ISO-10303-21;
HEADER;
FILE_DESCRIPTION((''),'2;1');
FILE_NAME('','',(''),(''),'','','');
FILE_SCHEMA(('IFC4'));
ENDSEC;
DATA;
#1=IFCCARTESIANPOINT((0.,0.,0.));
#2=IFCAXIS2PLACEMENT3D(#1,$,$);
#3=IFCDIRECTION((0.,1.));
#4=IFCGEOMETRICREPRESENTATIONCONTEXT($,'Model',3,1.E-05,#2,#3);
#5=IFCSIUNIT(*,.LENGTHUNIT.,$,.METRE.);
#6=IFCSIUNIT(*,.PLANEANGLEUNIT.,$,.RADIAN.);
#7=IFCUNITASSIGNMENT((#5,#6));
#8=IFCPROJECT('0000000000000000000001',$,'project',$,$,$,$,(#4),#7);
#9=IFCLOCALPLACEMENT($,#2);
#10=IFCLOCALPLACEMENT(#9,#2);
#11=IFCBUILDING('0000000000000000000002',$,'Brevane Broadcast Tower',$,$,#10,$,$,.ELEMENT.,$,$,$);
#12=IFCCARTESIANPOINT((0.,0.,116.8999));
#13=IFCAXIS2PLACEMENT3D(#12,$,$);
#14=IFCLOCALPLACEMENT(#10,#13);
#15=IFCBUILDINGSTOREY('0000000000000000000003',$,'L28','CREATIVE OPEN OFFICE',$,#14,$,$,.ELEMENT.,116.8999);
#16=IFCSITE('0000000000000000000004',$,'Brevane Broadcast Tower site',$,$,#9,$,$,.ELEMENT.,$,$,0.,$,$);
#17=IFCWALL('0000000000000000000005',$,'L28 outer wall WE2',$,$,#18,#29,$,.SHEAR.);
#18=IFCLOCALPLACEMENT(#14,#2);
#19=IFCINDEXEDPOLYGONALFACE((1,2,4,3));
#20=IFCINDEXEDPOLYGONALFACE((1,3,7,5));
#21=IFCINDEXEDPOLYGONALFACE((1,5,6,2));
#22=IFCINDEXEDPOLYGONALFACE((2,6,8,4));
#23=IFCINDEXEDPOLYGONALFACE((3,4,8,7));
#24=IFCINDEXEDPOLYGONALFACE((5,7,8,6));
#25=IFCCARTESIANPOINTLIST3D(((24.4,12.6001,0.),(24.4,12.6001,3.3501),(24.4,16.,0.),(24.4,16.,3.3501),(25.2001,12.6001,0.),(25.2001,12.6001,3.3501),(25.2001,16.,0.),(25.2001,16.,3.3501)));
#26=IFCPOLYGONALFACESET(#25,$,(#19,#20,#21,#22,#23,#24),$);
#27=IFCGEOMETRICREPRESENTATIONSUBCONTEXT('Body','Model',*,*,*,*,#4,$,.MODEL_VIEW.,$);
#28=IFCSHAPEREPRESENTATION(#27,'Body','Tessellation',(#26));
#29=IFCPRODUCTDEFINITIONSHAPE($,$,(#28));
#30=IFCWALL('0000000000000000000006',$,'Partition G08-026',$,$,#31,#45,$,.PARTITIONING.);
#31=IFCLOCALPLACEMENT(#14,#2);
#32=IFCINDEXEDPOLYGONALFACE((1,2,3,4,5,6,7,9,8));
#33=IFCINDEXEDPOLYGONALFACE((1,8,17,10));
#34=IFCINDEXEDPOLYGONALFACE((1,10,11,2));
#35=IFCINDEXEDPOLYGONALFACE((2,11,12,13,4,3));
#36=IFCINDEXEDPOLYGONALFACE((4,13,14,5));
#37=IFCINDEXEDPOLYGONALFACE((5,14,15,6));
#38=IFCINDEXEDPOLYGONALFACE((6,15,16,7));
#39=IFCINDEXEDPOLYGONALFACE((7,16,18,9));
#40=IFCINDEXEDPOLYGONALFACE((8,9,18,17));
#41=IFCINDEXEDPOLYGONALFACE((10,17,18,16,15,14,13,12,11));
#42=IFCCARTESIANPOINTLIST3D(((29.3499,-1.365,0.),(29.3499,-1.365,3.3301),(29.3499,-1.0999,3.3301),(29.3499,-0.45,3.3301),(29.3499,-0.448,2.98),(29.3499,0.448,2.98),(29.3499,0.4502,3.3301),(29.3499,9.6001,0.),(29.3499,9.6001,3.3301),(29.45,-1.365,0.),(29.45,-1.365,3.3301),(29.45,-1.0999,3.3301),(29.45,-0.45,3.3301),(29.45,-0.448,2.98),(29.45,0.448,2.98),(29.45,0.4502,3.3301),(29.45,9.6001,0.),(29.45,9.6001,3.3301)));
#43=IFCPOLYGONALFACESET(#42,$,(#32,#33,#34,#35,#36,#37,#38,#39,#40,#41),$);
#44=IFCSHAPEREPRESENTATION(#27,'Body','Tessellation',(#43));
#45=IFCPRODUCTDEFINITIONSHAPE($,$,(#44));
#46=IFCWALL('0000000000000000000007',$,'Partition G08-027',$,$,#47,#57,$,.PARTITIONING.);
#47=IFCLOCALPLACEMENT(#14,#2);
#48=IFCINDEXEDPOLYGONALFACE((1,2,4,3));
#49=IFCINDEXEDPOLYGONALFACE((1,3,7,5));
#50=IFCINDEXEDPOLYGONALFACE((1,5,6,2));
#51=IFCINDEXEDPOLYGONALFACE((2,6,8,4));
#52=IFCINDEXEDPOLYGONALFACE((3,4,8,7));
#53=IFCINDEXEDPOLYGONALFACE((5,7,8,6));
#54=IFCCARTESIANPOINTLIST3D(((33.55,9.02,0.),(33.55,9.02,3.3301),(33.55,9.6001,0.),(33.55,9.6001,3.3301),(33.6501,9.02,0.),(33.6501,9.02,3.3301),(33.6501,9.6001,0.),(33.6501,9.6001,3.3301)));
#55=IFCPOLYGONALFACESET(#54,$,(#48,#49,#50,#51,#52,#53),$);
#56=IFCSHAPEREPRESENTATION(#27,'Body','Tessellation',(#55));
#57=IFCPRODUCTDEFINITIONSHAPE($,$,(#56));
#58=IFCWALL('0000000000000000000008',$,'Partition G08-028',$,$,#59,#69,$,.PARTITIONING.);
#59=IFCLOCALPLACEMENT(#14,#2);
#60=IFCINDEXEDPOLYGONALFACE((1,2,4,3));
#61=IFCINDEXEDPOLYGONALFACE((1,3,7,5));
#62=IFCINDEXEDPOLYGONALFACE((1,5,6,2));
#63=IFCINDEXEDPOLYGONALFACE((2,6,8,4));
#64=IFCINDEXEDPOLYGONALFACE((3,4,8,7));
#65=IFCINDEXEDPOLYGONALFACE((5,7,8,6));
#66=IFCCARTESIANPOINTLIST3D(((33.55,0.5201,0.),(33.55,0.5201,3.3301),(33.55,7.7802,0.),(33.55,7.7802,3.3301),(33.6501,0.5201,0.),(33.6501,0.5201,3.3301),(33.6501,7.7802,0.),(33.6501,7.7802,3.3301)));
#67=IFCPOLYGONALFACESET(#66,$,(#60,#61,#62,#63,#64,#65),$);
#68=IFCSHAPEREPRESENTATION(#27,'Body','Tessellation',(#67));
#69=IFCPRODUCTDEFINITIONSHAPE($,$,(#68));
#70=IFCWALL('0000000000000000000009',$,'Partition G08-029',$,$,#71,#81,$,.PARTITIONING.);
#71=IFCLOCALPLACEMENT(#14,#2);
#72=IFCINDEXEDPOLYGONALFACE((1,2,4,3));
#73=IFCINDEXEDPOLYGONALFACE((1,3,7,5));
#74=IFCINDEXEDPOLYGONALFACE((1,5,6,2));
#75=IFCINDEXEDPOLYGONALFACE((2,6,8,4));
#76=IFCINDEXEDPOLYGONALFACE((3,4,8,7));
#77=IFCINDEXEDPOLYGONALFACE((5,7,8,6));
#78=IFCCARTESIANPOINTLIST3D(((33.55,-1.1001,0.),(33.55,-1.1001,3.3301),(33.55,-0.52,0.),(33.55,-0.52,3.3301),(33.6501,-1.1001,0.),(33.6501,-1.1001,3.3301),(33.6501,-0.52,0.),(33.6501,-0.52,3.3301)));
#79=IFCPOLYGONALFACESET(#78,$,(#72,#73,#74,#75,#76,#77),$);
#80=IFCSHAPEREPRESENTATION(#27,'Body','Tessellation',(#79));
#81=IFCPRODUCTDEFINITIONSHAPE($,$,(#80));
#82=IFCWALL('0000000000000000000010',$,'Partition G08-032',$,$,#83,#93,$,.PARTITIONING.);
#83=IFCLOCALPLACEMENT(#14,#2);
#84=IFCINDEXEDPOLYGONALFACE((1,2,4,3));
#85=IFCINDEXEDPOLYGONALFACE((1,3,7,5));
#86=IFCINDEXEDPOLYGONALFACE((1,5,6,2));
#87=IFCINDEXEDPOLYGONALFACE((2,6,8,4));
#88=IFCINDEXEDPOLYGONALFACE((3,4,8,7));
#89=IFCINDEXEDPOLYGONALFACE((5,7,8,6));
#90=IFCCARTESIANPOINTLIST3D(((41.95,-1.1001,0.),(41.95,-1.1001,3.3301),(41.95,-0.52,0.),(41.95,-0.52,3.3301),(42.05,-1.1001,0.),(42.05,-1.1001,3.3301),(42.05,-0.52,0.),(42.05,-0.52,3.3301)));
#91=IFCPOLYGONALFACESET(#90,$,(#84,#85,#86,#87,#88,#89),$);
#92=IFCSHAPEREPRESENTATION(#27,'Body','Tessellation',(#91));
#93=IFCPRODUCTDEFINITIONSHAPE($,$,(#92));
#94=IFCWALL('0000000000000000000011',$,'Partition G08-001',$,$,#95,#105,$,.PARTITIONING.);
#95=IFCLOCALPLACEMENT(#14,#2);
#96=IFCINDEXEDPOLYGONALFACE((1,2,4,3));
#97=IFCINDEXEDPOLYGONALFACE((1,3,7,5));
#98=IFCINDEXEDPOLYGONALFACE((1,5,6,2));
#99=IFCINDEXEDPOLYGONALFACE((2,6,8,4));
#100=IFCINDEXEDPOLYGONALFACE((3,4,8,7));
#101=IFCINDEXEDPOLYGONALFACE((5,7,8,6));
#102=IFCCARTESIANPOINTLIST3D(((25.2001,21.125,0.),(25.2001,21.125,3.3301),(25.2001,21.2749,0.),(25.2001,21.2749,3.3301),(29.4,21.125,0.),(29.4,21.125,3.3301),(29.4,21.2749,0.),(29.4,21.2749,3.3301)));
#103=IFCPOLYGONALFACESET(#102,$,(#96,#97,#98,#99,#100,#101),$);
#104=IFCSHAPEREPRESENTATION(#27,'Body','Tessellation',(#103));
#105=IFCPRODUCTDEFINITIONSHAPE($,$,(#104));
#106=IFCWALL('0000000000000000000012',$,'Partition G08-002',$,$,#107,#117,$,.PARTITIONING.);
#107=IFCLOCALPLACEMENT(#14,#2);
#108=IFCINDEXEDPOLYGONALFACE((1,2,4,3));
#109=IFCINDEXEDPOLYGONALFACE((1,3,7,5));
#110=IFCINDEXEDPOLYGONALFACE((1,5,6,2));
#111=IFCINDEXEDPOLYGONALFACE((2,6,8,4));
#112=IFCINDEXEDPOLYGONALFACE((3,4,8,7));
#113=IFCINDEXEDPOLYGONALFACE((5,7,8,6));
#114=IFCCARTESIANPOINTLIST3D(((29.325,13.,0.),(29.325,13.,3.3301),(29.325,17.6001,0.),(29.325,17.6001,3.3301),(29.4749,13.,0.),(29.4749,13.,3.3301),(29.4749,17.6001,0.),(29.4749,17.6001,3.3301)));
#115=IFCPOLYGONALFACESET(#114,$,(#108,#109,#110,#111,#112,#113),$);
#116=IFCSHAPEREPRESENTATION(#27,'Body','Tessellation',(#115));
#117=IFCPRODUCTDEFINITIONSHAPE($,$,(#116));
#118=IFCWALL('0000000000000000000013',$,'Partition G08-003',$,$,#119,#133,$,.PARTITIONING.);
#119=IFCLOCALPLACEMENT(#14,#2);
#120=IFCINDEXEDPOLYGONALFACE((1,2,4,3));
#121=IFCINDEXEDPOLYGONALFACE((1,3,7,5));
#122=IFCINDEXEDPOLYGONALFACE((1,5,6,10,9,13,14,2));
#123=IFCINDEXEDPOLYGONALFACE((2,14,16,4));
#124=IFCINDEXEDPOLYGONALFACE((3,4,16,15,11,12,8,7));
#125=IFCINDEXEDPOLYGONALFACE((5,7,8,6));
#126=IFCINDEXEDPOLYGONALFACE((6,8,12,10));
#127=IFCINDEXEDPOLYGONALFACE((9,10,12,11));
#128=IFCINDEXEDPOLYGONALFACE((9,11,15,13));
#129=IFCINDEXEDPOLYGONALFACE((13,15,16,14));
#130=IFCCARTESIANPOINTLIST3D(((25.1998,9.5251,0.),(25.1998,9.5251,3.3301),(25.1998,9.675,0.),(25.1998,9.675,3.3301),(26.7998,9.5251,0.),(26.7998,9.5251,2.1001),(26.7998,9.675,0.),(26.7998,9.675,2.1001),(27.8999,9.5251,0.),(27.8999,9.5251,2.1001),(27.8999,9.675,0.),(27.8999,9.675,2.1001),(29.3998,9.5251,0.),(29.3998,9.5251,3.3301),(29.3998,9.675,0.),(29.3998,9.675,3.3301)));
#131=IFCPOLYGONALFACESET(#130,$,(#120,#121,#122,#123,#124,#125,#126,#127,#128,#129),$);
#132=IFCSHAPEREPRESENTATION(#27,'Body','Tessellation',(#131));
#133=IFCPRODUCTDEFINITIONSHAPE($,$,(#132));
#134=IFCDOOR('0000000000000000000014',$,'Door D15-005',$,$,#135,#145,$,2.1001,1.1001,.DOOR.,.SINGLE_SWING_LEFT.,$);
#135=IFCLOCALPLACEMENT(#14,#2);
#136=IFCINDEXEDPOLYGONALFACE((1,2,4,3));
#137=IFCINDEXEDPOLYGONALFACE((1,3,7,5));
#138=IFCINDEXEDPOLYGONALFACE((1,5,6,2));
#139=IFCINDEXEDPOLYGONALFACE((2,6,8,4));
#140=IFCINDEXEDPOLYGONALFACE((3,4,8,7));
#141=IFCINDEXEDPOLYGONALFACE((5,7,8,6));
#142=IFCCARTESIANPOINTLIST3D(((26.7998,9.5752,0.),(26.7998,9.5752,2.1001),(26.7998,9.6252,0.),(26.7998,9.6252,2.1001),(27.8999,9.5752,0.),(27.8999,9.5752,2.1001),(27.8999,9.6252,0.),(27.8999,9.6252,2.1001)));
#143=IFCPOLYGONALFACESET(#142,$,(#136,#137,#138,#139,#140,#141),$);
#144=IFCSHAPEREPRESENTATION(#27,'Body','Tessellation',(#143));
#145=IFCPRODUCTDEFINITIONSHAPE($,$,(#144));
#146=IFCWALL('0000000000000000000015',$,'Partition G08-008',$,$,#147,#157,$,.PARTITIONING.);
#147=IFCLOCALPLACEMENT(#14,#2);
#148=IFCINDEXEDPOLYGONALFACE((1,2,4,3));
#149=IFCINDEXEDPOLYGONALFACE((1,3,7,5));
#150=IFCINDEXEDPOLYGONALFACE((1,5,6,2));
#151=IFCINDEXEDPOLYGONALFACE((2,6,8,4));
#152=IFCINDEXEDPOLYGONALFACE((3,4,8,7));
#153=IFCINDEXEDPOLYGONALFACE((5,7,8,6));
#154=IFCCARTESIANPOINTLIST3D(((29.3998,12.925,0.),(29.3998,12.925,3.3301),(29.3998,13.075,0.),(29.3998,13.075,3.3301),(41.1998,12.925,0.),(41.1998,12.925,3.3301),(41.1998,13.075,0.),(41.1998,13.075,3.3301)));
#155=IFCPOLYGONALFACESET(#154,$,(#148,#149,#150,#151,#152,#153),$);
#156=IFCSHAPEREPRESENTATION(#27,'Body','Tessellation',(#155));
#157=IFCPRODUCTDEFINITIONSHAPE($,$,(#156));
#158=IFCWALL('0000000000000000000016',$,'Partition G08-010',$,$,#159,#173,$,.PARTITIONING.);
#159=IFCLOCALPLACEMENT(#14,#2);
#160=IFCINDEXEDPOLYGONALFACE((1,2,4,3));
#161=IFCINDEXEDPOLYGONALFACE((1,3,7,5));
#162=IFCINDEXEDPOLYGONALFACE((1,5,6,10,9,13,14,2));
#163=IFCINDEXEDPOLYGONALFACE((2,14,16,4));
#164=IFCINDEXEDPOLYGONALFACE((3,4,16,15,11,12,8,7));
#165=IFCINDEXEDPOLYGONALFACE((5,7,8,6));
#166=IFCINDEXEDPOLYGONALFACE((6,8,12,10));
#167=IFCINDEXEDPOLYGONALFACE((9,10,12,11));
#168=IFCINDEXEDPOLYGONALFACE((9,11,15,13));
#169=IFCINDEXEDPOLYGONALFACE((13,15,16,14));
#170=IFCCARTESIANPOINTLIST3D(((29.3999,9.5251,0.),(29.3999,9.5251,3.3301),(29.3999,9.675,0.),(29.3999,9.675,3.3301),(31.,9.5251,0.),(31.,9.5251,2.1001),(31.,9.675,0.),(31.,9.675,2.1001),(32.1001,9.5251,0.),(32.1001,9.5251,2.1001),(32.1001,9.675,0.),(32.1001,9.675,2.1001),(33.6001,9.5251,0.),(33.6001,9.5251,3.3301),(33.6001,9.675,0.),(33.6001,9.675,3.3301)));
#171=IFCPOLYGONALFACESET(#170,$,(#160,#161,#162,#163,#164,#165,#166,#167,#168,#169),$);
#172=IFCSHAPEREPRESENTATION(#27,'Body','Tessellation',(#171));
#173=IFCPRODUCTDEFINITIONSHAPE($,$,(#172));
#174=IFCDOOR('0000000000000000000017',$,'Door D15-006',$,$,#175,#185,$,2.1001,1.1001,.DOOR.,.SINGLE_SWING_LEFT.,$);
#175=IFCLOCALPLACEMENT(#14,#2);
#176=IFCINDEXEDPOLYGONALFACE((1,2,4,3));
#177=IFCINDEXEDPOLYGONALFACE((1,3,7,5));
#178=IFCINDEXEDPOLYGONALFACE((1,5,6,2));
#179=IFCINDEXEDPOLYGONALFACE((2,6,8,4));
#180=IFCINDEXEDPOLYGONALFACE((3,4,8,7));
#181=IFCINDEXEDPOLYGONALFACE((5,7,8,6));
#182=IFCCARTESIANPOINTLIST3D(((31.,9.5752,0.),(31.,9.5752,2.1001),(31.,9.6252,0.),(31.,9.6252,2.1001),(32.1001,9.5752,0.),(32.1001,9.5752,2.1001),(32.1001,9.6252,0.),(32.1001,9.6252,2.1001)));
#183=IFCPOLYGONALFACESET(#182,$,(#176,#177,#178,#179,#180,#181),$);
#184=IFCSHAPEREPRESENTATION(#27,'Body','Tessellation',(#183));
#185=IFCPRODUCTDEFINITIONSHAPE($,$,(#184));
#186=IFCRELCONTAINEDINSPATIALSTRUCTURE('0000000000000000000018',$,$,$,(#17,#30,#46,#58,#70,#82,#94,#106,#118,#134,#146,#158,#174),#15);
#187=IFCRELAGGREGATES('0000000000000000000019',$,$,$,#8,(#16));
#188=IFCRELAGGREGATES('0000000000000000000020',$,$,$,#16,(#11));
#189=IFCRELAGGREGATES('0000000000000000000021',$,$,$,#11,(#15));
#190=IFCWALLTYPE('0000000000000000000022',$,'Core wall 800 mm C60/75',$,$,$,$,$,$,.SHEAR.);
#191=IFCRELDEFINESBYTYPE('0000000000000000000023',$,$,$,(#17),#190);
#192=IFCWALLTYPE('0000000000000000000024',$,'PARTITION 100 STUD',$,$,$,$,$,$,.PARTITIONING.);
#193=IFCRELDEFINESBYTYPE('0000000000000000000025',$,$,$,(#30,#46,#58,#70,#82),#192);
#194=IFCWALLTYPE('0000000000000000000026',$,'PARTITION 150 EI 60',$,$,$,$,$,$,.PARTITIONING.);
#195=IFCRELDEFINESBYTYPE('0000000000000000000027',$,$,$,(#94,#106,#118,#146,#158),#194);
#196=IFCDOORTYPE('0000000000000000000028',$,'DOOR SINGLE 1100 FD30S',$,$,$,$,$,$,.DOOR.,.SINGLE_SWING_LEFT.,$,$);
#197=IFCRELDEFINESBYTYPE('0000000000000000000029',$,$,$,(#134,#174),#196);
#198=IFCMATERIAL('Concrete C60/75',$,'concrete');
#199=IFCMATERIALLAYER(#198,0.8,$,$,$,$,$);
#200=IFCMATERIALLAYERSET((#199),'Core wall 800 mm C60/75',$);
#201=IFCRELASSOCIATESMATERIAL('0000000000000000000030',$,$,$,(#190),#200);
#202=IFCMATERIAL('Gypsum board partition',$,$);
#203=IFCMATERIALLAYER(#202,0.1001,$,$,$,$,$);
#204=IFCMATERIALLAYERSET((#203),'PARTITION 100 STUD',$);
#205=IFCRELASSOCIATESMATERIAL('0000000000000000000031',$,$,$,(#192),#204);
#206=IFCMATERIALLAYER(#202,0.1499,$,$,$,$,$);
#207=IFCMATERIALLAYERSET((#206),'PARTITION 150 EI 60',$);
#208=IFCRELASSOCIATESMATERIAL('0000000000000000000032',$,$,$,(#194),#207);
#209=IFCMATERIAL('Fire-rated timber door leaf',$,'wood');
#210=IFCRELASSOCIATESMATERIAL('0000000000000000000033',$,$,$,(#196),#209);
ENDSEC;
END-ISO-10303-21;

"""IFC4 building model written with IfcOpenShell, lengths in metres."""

from ifc_helpers import new_model, si_unit, direction, frame, frame_2d, origin, place, context, subcontext, project, spatial, polyline, rectangle, outline, extrude, material, layer, layer_set, type_object, element, fill, save


model = new_model("IFC4")

# Units and contexts
model_context = context("Model", 3, precision=1e-05, world=origin(), true_north=direction((0.0, 1.0)))
body_context = subcontext(model_context, "Body", "Model", "MODEL_VIEW")
ifc_project = project(units=[si_unit("LENGTHUNIT", "METRE"), si_unit("PLANEANGLEUNIT", "RADIAN")], contexts=[model_context])

# Site, building, storey
site_placement = place(None, origin())
site = spatial("IfcSite", under=ifc_project, at=site_placement, Name="Brevane Broadcast Tower site", CompositionType="ELEMENT", RefElevation=0.0)
building_placement = place(site_placement, origin())
building = spatial("IfcBuilding", under=site, at=building_placement, Name="Brevane Broadcast Tower", CompositionType="ELEMENT")
storey_placement = place(building_placement, frame((0.0, 0.0, 116.8999)))
storey = spatial("IfcBuildingStorey", under=building, at=storey_placement, Name="L28", Description="CREATIVE OPEN OFFICE", CompositionType="ELEMENT", Elevation=116.8999)

# Shared definitions
ifc_material_1 = material(Name="Concrete C60/75", Category="concrete")

# Walls
ifc_layer_1 = layer(ifc_material_1, 0.8)
ifc_layer_set_1 = layer_set([ifc_layer_1], Name="Core wall 800 mm C60/75")
wall_type_1 = type_object("IfcWallType", Name="Core wall 800 mm C60/75", PredefinedType="SHEAR", material=ifc_layer_set_1)
wall_1_placement = place(storey_placement, frame((24.8, 12.6001, 0.0), z_axis=(0.0, 0.0, 1.0), x_axis=(0.0, 1.0, 0.0)))
element("IfcWall", 1, at=wall_1_placement, inside=storey, type_object=wall_type_1, Name="L28 outer wall WE2", PredefinedType="SHEAR", context=body_context, shape_type="SweptSolid", body=[
    extrude(rectangle(XDim=3.3999, YDim=0.8, at=frame_2d((1.7, 0.0))), origin(), (0.0, 0.0, 1.0), 3.3501),
])
ifc_material_2 = material(Name="Gypsum board partition")
ifc_layer_2 = layer(ifc_material_2, 0.1001)
ifc_layer_set_2 = layer_set([ifc_layer_2], Name="PARTITION 100 STUD")
wall_type_2 = type_object("IfcWallType", Name="PARTITION 100 STUD", PredefinedType="PARTITIONING", material=ifc_layer_set_2)
wall_2_placement = place(storey_placement, frame((29.3999, 9.6001, 0.0), z_axis=(0.0, 0.0, 1.0), x_axis=(0.0, -1.0, 0.0)))
element("IfcWall", 2, at=wall_2_placement, inside=storey, type_object=wall_type_2, Name="Partition G08-026", PredefinedType="PARTITIONING", context=body_context, shape_type="SweptSolid", body=[
    extrude(outline(polyline([(0.0, 0.0), (10.9651, 0.0), (10.9651, 3.3301), (10.7, 3.3301), (10.05, 3.3301), (10.0481, 2.98), (9.1521, 2.98), (9.1499, 3.3301), (0.0, 3.3301), (0.0, 0.0)])), frame((0.0, 0.05, 0.0), z_axis=(0.0, -1.0, 0.0), x_axis=(1.0, 0.0, 0.0)), (0.0, 0.0, 1.0), 0.1001),
])
wall_3_placement = place(storey_placement, frame((33.6001, 9.6001, 0.0), z_axis=(0.0, 0.0, 1.0), x_axis=(0.0, -1.0, 0.0)))
element("IfcWall", 3, at=wall_3_placement, inside=storey, type_object=wall_type_2, Name="Partition G08-027", PredefinedType="PARTITIONING", context=body_context, shape_type="SweptSolid", body=[
    extrude(rectangle(XDim=0.5801, YDim=0.1001, at=frame_2d((0.29, 0.0))), origin(), (0.0, 0.0, 1.0), 3.3301),
])
wall_4_placement = place(storey_placement, frame((33.6001, 7.78, 0.0), z_axis=(0.0, 0.0, 1.0), x_axis=(0.0, -1.0, 0.0)))
element("IfcWall", 4, at=wall_4_placement, inside=storey, type_object=wall_type_2, Name="Partition G08-028", PredefinedType="PARTITIONING", context=body_context, shape_type="SweptSolid", body=[
    extrude(rectangle(XDim=7.26, YDim=0.1001, at=frame_2d((3.6299, 0.0))), origin(), (0.0, 0.0, 1.0), 3.3301),
])
for number, where, z_axis, x_axis, name in (
    (5, (33.6001, -0.52, 0.0), (0.0, 0.0, 1.0), (0.0, -1.0, 0.0), "Partition G08-029"),
    (6, (42.0, -0.52, 0.0), (0.0, 0.0, 1.0), (0.0, -1.0, 0.0), "Partition G08-032"),
):
    element("IfcWall", number, at=place(storey_placement, frame(where, z_axis=z_axis, x_axis=x_axis)), inside=storey, type_object=wall_type_2, Name=name, PredefinedType="PARTITIONING", context=body_context, shape_type="SweptSolid", body=[
        extrude(rectangle(XDim=0.5801, YDim=0.1001, at=frame_2d((0.29, 0.0))), origin(), (0.0, 0.0, 1.0), 3.3301),
    ])
ifc_layer_3 = layer(ifc_material_2, 0.1499)
ifc_layer_set_3 = layer_set([ifc_layer_3], Name="PARTITION 150 EI 60")
wall_type_3 = type_object("IfcWallType", Name="PARTITION 150 EI 60", PredefinedType="PARTITIONING", material=ifc_layer_set_3)
wall_5_placement = place(storey_placement, frame((25.2, 21.2, 0.0), z_axis=(0.0, 0.0, 1.0), x_axis=(1.0, 0.0, 0.0)))
element("IfcWall", 7, at=wall_5_placement, inside=storey, type_object=wall_type_3, Name="Partition G08-001", PredefinedType="PARTITIONING", context=body_context, shape_type="SweptSolid", body=[
    extrude(rectangle(XDim=4.2, YDim=0.1499, at=frame_2d((2.1001, 0.0))), origin(), (0.0, 0.0, 1.0), 3.3301),
])
wall_6_placement = place(storey_placement, frame((29.3999, 17.6001, 0.0), z_axis=(0.0, 0.0, 1.0), x_axis=(0.0, -1.0, 0.0)))
element("IfcWall", 8, at=wall_6_placement, inside=storey, type_object=wall_type_3, Name="Partition G08-002", PredefinedType="PARTITIONING", context=body_context, shape_type="SweptSolid", body=[
    extrude(rectangle(XDim=4.6001, YDim=0.1499, at=frame_2d((2.3, 0.0))), origin(), (0.0, 0.0, 1.0), 3.3301),
])

# Wall, opening, door
wall_7_placement = place(storey_placement, frame((29.3999, 9.6001, 0.0), z_axis=(0.0, 0.0, 1.0), x_axis=(-1.0, 0.0, 0.0)))
wall_7 = element("IfcWall", 9, at=wall_7_placement, inside=storey, type_object=wall_type_3, Name="Partition G08-003", PredefinedType="PARTITIONING", context=body_context, shape_type="SweptSolid", body=[
    extrude(rectangle(XDim=4.2, YDim=0.1499, at=frame_2d((2.1001, 0.0))), origin(), (0.0, 0.0, 1.0), 3.3301),
])
opening_1_placement = place(wall_7_placement, frame((1.5, 0.0, 0.0)))
opening_1 = element("IfcOpeningElement", 10, at=opening_1_placement, cuts=wall_7, PredefinedType="OPENING", context=body_context, shape_type="SweptSolid", body=[
    extrude(rectangle(XDim=1.1001, YDim=2.1001, at=frame_2d((0.55, 1.05))), frame((0.0, 0.085, 0.0), z_axis=(0.0, -1.0, 0.0), x_axis=(1.0, 0.0, 0.0)), (0.0, 0.0, 1.0), 0.1699),
])
ifc_material_3 = material(Name="Fire-rated timber door leaf", Category="wood")
door_type = type_object("IfcDoorType", Name="DOOR SINGLE 1100 FD30S", OperationType="SINGLE_SWING_LEFT", PredefinedType="DOOR", material=ifc_material_3)
door_1_placement = place(opening_1_placement, origin())
door_1 = element("IfcDoor", 11, at=door_1_placement, inside=storey, type_object=door_type, Name="Door D15-005", OperationType="SINGLE_SWING_LEFT", OverallHeight=2.1001, OverallWidth=1.1001, PredefinedType="DOOR", context=body_context, shape_type="SweptSolid", body=[
    extrude(rectangle(XDim=1.1001, YDim=2.1001, at=frame_2d((0.55, 1.05))), frame((0.0, 0.0249, 0.0), z_axis=(0.0, -1.0, 0.0), x_axis=(1.0, 0.0, 0.0)), (0.0, 0.0, 1.0), 0.05),
])
fill(opening_1, door_1)

# Wall
wall_8_placement = place(storey_placement, frame((29.3999, 13.0, 0.0), z_axis=(0.0, 0.0, 1.0), x_axis=(1.0, 0.0, 0.0)))
element("IfcWall", 12, at=wall_8_placement, inside=storey, type_object=wall_type_3, Name="Partition G08-008", PredefinedType="PARTITIONING", context=body_context, shape_type="SweptSolid", body=[
    extrude(rectangle(XDim=11.8, YDim=0.1499, at=frame_2d((5.8999, 0.0))), origin(), (0.0, 0.0, 1.0), 3.3301),
])

# Wall, opening, door
wall_9_placement = place(storey_placement, frame((33.6001, 9.6001, 0.0), z_axis=(0.0, 0.0, 1.0), x_axis=(-1.0, 0.0, 0.0)))
wall_9 = element("IfcWall", 13, at=wall_9_placement, inside=storey, type_object=wall_type_3, Name="Partition G08-010", PredefinedType="PARTITIONING", context=body_context, shape_type="SweptSolid", body=[
    extrude(rectangle(XDim=4.2002, YDim=0.1499, at=frame_2d((2.1001, 0.0))), origin(), (0.0, 0.0, 1.0), 3.3301),
])
opening_2_placement = place(wall_9_placement, frame((1.5, 0.0, 0.0)))
opening_2 = element("IfcOpeningElement", 14, at=opening_2_placement, cuts=wall_9, PredefinedType="OPENING", context=body_context, shape_type="SweptSolid", body=[
    extrude(rectangle(XDim=1.1001, YDim=2.1001, at=frame_2d((0.55, 1.05))), frame((0.0, 0.085, 0.0), z_axis=(0.0, -1.0, 0.0), x_axis=(1.0, 0.0, 0.0)), (0.0, 0.0, 1.0), 0.1699),
])
door_2_placement = place(opening_2_placement, origin())
door_2 = element("IfcDoor", 15, at=door_2_placement, inside=storey, type_object=door_type, Name="Door D15-006", OperationType="SINGLE_SWING_LEFT", OverallHeight=2.1001, OverallWidth=1.1001, PredefinedType="DOOR", context=body_context, shape_type="SweptSolid", body=[
    extrude(rectangle(XDim=1.1001, YDim=2.1001, at=frame_2d((0.55, 1.05))), frame((0.0, 0.0249, 0.0), z_axis=(0.0, -1.0, 0.0), x_axis=(1.0, 0.0, 0.0)), (0.0, 0.0, 1.0), 0.05),
])
fill(opening_2, door_2)

save(model, "model.ifc")
